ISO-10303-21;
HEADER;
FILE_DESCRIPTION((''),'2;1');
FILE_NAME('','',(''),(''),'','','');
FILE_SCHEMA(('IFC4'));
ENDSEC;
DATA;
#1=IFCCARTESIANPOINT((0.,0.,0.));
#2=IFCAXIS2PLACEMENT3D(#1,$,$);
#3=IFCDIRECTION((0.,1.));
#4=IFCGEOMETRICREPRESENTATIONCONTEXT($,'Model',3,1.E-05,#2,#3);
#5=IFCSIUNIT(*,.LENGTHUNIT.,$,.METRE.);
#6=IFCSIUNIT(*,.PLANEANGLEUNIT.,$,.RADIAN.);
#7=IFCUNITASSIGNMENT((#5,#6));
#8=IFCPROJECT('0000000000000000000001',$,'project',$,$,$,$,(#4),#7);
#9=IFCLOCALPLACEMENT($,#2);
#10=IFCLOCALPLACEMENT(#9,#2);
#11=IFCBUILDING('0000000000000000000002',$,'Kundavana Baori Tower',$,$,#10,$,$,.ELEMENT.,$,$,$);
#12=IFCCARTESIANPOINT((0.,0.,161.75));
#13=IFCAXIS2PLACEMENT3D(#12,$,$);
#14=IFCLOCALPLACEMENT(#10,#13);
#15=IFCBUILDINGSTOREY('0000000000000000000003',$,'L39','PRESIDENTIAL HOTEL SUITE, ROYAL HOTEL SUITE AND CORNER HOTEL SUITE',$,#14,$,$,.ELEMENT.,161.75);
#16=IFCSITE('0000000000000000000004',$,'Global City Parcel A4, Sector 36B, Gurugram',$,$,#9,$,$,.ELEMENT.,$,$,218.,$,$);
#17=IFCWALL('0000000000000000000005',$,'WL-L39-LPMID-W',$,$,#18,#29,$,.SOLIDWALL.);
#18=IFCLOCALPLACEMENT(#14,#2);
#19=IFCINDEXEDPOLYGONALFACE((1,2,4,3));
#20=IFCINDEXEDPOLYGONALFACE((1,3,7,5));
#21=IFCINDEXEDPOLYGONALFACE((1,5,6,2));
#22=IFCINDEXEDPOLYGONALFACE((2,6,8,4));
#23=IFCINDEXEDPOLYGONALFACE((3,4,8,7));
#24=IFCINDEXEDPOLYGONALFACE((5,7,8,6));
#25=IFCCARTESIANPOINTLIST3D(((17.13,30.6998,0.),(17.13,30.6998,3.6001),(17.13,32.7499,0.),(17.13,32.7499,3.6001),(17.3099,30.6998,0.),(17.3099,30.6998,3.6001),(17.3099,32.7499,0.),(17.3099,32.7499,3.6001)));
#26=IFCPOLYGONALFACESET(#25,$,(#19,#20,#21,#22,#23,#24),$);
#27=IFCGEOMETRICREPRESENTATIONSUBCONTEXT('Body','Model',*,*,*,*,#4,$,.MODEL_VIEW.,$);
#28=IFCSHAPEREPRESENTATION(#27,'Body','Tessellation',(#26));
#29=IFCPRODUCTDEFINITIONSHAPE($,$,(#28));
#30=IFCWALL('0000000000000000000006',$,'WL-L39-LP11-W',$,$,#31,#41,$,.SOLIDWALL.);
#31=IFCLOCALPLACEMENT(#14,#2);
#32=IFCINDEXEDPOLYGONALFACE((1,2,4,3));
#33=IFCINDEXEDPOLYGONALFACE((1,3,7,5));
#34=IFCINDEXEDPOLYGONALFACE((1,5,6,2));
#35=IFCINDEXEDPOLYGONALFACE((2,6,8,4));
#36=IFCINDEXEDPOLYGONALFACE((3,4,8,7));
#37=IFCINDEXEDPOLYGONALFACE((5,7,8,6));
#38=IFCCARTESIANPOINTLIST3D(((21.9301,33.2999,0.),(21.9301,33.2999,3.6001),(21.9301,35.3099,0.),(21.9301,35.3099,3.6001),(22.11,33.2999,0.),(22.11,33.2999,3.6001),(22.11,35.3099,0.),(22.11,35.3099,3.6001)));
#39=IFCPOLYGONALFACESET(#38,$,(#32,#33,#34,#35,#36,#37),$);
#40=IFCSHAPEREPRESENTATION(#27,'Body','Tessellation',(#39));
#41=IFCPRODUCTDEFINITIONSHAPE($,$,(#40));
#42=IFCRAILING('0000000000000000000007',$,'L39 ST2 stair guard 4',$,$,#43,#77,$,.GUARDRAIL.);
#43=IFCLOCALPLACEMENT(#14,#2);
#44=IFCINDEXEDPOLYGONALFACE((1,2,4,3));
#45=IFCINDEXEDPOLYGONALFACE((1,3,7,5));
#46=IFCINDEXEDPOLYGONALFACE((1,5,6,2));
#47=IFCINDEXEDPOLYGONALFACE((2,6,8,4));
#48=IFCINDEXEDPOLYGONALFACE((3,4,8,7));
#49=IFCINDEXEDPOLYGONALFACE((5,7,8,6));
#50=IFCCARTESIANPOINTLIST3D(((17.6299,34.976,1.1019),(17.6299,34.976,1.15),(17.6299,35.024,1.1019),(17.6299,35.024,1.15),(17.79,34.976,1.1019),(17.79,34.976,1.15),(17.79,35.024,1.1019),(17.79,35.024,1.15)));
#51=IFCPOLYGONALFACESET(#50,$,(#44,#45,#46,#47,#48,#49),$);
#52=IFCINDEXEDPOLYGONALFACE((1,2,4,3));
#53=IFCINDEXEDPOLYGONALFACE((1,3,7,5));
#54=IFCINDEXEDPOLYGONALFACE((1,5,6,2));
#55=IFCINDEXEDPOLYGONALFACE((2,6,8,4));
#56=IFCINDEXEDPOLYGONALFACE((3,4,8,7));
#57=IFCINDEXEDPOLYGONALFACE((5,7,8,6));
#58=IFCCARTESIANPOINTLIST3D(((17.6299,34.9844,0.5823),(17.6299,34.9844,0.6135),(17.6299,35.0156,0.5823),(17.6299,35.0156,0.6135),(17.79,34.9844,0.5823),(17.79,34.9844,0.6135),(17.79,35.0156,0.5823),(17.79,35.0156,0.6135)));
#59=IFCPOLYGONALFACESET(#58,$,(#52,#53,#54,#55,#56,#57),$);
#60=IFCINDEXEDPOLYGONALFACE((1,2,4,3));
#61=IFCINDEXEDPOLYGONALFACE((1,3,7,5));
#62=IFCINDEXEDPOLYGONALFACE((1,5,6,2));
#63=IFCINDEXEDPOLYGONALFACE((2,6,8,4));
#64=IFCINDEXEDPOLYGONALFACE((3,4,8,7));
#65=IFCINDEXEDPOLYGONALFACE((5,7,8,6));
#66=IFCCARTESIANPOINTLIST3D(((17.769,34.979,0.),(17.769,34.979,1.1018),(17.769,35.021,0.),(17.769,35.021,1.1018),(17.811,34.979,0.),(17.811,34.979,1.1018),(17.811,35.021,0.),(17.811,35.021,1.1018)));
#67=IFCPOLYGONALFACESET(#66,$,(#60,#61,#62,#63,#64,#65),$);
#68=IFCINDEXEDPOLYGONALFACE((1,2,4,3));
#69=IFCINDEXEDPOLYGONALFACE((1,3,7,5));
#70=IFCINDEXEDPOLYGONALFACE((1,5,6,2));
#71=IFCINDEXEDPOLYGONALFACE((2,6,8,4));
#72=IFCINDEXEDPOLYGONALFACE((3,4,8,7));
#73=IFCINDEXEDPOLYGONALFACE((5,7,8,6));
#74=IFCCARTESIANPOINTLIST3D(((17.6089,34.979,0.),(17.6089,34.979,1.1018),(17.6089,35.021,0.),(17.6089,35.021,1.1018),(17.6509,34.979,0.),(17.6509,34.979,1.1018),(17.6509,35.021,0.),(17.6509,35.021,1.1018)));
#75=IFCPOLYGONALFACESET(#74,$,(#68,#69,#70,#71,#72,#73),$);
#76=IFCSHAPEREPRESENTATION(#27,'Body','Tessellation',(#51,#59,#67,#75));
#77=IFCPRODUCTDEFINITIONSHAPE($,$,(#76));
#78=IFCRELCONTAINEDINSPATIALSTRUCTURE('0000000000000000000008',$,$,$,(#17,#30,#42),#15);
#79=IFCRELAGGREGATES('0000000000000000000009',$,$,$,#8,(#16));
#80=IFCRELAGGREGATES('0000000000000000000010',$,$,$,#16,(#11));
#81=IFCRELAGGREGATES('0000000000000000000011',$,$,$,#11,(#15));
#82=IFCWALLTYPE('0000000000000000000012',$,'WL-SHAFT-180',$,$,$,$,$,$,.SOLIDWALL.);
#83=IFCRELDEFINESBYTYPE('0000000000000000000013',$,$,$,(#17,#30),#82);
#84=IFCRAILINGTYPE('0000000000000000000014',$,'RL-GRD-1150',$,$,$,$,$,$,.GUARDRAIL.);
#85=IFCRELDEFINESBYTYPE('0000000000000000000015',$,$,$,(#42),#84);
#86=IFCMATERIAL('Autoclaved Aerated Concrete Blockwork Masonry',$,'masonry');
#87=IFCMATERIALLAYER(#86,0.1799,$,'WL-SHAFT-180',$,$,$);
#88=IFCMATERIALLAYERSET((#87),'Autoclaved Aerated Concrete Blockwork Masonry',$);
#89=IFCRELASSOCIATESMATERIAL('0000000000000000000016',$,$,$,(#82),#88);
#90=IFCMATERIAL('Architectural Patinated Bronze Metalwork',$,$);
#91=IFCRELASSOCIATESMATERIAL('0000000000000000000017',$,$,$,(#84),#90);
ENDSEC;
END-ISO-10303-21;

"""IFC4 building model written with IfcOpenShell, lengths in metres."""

from ifc_helpers import new_model, si_unit, direction, frame, frame_2d, origin, origin_2d, place, context, subcontext, project, spatial, rectangle, extrude, material, layer, layer_set, type_object, element, save


model = new_model("IFC4")

# Units and contexts
model_context = context("Model", 3, precision=1e-05, world=origin(), true_north=direction((0.0, 1.0)))
body_context = subcontext(model_context, "Body", "Model", "MODEL_VIEW")
ifc_project = project(units=[si_unit("LENGTHUNIT", "METRE"), si_unit("PLANEANGLEUNIT", "RADIAN")], contexts=[model_context])

# Site, building, storey
site_placement = place(None, origin())
site = spatial("IfcSite", under=ifc_project, at=site_placement, Name="Global City Parcel A4, Sector 36B, Gurugram", CompositionType="ELEMENT", RefElevation=218.0)
building_placement = place(site_placement, origin())
building = spatial("IfcBuilding", under=site, at=building_placement, Name="Kundavana Baori Tower", CompositionType="ELEMENT")
storey_placement = place(building_placement, frame((0.0, 0.0, 161.75)))
storey = spatial("IfcBuildingStorey", under=building, at=storey_placement, Name="L39", Description="PRESIDENTIAL HOTEL SUITE, ROYAL HOTEL SUITE AND CORNER HOTEL SUITE", CompositionType="ELEMENT", Elevation=161.75)

# Shared definitions
ifc_material_1 = material(Name="Autoclaved Aerated Concrete Blockwork Masonry", Category="masonry")
ifc_layer_1 = layer(ifc_material_1, 0.1799, Name="WL-SHAFT-180")
ifc_layer_set_1 = layer_set([ifc_layer_1], Name="Autoclaved Aerated Concrete Blockwork Masonry")
wall_type_1 = type_object("IfcWallType", Name="WL-SHAFT-180", PredefinedType="SOLIDWALL", material=ifc_layer_set_1)

# Walls
wall_1_placement = place(storey_placement, frame((17.22, 30.7, 0.0), z_axis=(0.0, 0.0, 1.0), x_axis=(0.0, 1.0, 0.0)))
element("IfcWall", 1, at=wall_1_placement, inside=storey, type_object=wall_type_1, Name="WL-L39-LPMID-W", PredefinedType="SOLIDWALL", context=body_context, shape_type="SweptSolid", body=[
    extrude(rectangle(XDim=2.05, YDim=0.1799, at=frame_2d((1.0249, 0.0))), origin(), (0.0, 0.0, 1.0), 3.6001),
])
wall_2_placement = place(storey_placement, frame((22.02, 33.3, 0.0), z_axis=(0.0, 0.0, 1.0), x_axis=(0.0, 1.0, 0.0)))
element("IfcWall", 2, at=wall_2_placement, inside=storey, type_object=wall_type_1, Name="WL-L39-LP11-W", PredefinedType="SOLIDWALL", context=body_context, shape_type="SweptSolid", body=[
    extrude(rectangle(XDim=2.01, YDim=0.1799, at=frame_2d((1.0049, 0.0))), origin(), (0.0, 0.0, 1.0), 3.6001),
])

# Railing
ifc_material_2 = material(Name="Architectural Patinated Bronze Metalwork")
railing_type = type_object("IfcRailingType", Name="RL-GRD-1150", PredefinedType="GUARDRAIL", material=ifc_material_2)
railing_placement = place(storey_placement, frame((17.79, 35.0, 0.0)))
element("IfcRailing", 3, at=railing_placement, inside=storey, type_object=railing_type, Name="L39 ST2 stair guard 4", PredefinedType="GUARDRAIL", context=body_context, shape_type="SweptSolid", body=[
    extrude(rectangle(XDim=0.0481, YDim=0.0481, at=origin_2d()), frame((0.0, 0.0, 1.126), z_axis=(-1.0, 0.0, 0.0), x_axis=(0.0, -1.0, 0.0)), (0.0, 0.0, 1.0), 0.1602),
    extrude(rectangle(XDim=0.0312, YDim=0.0312, at=origin_2d()), frame((0.0, 0.0, 0.5979), z_axis=(-1.0, 0.0, 0.0), x_axis=(0.0, -1.0, 0.0)), (0.0, 0.0, 1.0), 0.1602),
    extrude(rectangle(XDim=0.042, YDim=0.042, at=origin_2d()), origin(), (0.0, 0.0, 1.0), 1.1018),
    extrude(rectangle(XDim=0.042, YDim=0.042, at=origin_2d()), frame((-0.1602, 0.0, 0.0)), (0.0, 0.0, 1.0), 1.1018),
])

save(model, "model.ifc")
